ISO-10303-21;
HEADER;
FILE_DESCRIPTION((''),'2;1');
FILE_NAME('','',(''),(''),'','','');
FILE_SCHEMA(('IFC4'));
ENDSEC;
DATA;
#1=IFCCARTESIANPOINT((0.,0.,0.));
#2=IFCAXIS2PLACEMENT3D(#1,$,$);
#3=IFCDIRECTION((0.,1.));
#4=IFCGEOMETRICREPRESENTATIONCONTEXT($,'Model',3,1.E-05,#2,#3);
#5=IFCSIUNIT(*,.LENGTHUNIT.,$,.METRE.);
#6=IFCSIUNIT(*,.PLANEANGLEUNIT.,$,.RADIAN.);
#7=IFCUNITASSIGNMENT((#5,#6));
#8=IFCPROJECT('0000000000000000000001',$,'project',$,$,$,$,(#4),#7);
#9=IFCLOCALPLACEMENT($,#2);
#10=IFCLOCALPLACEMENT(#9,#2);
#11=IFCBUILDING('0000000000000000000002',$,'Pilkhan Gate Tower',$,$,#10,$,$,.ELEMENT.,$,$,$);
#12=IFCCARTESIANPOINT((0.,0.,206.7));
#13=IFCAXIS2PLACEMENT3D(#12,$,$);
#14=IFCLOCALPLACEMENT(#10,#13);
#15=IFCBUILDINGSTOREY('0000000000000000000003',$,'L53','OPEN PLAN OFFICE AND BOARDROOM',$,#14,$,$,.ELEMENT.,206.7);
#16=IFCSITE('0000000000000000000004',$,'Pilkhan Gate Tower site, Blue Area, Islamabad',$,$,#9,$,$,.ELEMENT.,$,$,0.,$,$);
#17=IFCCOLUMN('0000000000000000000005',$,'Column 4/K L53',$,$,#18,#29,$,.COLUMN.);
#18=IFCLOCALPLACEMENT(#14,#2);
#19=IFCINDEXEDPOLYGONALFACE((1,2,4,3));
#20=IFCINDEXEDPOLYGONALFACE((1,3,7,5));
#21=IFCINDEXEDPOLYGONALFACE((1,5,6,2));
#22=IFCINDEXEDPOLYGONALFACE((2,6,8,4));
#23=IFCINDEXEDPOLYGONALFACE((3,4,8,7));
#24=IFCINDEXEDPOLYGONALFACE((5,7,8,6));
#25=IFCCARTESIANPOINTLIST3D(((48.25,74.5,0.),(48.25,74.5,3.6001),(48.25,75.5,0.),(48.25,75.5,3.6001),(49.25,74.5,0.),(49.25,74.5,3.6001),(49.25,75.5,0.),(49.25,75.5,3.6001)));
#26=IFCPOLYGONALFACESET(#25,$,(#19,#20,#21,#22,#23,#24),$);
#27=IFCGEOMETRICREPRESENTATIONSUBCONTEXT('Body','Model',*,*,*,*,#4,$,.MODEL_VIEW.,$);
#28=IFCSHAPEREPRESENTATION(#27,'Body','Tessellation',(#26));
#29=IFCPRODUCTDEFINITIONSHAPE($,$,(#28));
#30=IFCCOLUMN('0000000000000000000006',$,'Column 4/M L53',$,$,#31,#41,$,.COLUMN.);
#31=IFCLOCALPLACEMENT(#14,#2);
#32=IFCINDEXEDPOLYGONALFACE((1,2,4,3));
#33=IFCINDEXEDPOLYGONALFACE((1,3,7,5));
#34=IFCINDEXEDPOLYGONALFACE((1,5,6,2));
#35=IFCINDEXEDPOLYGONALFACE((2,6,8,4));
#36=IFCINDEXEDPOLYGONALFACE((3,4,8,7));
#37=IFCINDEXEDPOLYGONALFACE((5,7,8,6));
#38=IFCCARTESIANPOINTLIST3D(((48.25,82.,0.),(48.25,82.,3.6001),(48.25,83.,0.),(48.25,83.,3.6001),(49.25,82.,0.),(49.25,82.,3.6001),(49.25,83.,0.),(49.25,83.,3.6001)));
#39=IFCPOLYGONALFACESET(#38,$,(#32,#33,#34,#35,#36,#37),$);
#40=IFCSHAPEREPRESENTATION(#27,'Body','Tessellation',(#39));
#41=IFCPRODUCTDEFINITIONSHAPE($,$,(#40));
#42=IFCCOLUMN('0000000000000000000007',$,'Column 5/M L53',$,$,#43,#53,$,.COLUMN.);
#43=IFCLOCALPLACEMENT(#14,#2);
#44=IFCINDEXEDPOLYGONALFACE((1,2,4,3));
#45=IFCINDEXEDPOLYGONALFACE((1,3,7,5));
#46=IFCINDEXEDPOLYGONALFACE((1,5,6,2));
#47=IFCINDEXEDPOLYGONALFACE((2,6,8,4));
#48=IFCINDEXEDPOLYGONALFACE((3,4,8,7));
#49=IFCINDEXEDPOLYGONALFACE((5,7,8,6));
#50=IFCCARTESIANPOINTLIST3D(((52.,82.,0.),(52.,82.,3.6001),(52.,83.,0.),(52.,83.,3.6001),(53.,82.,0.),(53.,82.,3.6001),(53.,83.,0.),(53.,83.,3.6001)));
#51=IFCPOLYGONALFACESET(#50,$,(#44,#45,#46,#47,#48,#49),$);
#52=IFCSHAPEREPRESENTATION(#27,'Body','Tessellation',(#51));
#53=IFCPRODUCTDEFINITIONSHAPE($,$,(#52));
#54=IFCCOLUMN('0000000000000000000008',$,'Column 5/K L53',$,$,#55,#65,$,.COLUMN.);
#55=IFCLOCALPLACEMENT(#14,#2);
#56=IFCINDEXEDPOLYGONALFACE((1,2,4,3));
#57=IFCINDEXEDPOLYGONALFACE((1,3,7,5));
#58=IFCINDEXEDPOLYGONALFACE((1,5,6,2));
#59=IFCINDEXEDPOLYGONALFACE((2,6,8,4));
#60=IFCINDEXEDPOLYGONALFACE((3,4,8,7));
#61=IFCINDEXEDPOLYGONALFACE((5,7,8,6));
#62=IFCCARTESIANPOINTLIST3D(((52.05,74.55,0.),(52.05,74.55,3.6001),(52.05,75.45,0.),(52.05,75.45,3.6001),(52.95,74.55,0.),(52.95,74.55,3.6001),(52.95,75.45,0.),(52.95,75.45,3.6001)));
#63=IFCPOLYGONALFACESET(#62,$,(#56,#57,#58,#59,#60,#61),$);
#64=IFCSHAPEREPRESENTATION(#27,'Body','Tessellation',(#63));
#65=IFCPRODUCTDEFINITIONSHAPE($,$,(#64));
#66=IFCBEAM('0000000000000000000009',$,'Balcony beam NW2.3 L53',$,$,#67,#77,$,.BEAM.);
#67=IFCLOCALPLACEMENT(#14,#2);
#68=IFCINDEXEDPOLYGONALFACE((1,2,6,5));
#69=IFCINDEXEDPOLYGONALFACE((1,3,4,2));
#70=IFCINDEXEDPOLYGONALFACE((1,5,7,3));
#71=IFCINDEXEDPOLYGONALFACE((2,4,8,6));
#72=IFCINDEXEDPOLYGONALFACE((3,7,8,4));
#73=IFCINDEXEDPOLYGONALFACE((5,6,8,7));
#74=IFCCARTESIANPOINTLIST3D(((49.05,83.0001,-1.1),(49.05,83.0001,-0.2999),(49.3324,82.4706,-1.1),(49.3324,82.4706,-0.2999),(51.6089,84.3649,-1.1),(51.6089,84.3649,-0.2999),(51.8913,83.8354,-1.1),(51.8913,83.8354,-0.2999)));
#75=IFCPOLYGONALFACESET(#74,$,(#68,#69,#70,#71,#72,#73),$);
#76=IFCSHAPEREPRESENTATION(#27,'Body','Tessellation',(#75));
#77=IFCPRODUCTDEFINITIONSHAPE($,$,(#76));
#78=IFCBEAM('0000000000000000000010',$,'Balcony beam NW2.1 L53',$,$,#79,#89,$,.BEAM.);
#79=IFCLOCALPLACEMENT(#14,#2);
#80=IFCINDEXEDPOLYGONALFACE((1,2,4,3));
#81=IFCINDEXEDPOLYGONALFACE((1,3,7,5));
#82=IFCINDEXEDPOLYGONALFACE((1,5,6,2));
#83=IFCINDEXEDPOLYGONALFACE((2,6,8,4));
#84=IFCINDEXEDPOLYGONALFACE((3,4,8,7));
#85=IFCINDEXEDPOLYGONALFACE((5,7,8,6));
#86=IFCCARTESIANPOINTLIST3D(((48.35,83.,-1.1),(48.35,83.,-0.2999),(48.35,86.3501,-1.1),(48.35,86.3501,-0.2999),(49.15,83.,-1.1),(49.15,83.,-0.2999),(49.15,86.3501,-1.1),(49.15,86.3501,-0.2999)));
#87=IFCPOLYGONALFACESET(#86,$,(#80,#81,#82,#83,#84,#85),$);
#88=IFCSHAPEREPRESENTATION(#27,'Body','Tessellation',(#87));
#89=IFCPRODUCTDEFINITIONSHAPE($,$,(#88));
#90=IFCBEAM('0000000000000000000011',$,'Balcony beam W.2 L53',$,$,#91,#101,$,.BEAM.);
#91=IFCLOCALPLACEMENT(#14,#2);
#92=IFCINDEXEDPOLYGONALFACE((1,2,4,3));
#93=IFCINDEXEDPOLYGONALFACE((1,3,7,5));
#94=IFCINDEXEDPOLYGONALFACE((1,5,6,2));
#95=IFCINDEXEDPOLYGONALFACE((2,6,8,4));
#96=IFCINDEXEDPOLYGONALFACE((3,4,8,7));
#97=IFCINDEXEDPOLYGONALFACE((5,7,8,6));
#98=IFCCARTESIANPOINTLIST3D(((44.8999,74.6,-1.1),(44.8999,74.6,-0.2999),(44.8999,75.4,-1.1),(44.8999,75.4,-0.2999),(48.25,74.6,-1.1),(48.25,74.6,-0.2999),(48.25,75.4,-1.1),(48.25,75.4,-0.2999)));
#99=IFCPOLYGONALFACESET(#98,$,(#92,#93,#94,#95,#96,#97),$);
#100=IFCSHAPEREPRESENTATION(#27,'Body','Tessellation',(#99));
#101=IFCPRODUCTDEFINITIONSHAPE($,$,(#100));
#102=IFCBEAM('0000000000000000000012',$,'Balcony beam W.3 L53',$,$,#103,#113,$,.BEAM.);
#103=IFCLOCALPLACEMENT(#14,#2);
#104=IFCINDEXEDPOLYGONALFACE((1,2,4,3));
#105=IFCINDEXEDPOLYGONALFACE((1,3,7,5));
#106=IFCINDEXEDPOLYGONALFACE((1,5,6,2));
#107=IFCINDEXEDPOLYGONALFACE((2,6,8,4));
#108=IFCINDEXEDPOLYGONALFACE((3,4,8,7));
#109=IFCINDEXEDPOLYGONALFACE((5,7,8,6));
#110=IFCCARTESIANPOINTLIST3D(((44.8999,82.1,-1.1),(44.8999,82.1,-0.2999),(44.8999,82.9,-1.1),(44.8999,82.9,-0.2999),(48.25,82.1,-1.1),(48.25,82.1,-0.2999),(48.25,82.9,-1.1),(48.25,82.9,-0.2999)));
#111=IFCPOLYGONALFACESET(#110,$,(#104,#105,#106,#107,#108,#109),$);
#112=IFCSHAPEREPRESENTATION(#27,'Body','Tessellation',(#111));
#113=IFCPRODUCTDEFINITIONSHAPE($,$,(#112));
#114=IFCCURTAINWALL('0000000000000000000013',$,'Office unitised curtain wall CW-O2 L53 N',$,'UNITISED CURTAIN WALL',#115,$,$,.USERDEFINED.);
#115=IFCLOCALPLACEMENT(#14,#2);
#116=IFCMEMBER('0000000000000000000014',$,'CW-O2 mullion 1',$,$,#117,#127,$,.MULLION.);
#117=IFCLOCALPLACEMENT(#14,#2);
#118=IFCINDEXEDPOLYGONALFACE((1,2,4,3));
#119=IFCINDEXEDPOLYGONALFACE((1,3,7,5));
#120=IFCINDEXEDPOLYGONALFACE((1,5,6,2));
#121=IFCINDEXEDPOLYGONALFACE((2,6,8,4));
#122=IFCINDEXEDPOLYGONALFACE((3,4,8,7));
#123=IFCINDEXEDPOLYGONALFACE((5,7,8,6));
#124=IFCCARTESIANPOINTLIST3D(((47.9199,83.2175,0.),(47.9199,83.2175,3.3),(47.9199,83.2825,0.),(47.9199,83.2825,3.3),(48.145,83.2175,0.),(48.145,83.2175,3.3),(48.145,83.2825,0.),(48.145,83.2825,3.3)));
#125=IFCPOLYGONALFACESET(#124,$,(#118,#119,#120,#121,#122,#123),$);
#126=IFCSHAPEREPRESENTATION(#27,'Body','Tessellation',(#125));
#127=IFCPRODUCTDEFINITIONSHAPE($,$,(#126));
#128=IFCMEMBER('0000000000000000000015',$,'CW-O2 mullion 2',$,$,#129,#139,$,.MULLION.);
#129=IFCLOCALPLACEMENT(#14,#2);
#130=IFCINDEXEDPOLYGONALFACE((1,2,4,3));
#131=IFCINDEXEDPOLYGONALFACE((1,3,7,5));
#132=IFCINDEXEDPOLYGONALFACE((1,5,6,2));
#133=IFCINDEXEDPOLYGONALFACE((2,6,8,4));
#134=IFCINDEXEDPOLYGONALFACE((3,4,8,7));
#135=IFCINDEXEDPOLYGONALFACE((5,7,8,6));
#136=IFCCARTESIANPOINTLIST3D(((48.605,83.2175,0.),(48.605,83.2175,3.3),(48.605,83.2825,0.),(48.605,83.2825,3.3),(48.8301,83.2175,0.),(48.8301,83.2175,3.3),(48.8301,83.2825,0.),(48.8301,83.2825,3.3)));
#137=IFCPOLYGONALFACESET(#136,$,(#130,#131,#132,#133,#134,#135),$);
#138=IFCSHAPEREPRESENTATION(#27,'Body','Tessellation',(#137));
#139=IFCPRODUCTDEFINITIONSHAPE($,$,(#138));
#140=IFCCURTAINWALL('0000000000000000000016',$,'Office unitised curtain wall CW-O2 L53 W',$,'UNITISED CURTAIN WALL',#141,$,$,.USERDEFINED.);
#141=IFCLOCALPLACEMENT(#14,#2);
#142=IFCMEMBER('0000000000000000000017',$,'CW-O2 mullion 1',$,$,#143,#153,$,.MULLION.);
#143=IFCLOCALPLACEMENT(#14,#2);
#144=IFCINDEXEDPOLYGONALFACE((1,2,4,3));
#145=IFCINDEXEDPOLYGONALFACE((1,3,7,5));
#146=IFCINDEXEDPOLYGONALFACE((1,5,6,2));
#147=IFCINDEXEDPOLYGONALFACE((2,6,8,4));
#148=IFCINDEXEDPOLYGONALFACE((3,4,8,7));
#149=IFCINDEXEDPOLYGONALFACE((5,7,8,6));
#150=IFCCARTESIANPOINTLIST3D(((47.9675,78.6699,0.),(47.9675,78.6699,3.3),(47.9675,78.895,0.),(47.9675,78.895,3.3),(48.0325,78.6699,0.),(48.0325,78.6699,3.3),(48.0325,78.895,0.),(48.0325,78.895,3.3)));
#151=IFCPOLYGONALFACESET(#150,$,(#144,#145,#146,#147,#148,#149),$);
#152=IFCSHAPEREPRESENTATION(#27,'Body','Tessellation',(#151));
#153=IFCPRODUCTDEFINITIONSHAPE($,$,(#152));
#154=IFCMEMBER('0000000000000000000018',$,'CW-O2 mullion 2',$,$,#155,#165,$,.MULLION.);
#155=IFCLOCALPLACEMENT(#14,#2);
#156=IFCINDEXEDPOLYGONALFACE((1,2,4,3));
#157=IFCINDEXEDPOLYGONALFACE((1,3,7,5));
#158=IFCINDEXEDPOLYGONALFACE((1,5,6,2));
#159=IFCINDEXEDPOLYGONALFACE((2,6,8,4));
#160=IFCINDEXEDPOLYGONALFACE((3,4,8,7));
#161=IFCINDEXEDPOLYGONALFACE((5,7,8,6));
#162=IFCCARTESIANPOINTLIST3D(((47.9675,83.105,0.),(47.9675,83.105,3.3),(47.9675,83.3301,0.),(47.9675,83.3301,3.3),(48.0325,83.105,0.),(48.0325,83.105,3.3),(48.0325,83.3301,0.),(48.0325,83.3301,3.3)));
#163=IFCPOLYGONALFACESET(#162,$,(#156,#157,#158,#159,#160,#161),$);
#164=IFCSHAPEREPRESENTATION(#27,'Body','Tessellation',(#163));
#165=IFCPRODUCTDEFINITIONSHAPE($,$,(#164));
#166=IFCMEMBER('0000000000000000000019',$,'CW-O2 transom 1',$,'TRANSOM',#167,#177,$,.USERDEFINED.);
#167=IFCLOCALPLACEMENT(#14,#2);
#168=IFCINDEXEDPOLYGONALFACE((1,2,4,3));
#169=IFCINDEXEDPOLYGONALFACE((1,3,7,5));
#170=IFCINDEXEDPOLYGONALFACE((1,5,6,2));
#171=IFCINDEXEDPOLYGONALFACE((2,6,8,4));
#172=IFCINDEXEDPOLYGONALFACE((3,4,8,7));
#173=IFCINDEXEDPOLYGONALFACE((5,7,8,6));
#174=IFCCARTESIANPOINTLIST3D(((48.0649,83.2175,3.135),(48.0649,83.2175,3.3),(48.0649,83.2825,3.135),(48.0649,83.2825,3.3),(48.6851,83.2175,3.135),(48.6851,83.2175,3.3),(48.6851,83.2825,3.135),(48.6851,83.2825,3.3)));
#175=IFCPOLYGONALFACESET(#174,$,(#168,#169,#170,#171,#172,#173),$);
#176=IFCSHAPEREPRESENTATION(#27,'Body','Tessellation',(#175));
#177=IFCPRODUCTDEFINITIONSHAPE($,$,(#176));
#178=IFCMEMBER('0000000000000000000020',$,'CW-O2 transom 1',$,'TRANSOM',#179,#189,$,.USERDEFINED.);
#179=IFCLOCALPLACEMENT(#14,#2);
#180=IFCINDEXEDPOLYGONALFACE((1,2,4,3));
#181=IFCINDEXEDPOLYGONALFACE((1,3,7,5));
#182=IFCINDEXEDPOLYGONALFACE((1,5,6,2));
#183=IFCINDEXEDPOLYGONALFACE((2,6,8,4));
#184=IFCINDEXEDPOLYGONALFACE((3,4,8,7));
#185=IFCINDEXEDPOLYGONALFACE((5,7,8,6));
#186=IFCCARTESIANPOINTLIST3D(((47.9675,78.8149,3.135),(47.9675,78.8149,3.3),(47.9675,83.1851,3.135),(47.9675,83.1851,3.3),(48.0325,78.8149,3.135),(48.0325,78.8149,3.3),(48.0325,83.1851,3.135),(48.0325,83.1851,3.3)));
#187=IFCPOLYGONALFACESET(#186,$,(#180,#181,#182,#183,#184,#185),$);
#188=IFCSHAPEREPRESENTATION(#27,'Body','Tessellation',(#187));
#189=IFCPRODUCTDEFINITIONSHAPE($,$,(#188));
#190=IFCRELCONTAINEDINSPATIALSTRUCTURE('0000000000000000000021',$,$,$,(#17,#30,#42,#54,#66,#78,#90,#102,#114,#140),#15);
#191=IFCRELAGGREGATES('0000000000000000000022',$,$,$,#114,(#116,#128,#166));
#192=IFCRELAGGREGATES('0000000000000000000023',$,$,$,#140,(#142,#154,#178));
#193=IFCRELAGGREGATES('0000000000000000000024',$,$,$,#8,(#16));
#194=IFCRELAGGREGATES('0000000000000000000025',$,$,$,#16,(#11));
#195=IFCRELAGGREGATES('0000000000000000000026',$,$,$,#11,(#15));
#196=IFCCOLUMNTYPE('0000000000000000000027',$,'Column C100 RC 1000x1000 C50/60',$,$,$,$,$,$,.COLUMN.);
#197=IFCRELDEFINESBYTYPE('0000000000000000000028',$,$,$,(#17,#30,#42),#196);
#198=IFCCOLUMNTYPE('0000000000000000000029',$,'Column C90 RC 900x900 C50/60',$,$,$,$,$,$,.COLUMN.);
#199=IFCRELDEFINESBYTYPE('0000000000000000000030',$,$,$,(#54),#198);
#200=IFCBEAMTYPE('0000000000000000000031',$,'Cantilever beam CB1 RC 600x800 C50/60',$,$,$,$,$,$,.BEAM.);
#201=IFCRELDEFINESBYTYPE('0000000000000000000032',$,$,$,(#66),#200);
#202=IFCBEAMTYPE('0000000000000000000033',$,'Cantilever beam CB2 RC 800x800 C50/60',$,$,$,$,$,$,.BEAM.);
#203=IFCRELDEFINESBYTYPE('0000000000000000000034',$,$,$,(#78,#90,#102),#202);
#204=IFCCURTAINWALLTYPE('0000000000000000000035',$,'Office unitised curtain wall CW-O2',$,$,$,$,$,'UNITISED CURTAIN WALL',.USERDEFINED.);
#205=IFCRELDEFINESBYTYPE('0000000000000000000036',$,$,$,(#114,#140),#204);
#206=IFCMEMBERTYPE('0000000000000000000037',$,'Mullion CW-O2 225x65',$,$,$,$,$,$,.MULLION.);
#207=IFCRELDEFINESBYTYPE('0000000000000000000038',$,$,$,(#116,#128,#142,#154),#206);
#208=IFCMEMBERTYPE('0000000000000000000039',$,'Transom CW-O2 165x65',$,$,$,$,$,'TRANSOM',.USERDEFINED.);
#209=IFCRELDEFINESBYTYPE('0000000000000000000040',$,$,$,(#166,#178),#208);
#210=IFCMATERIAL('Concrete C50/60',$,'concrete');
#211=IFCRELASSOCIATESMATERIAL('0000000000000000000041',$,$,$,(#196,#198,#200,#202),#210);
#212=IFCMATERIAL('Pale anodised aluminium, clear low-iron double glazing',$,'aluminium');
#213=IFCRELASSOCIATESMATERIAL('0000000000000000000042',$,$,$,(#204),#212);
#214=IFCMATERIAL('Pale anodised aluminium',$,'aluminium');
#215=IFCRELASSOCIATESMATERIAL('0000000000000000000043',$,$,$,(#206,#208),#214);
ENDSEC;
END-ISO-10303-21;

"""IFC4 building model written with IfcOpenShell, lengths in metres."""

from ifc_helpers import new_model, si_unit, direction, frame, origin, origin_2d, place, context, subcontext, project, spatial, rectangle, extrude, material, material_profile, profile_set, type_object, element, aggregate, save


model = new_model("IFC4")

# Units and contexts
model_context = context("Model", 3, precision=1e-05, world=origin(), true_north=direction((0.0, 1.0)))
body_context = subcontext(model_context, "Body", "Model", "MODEL_VIEW")
ifc_project = project(units=[si_unit("LENGTHUNIT", "METRE"), si_unit("PLANEANGLEUNIT", "RADIAN")], contexts=[model_context])

# Site, building, storey
site_placement = place(None, origin())
site = spatial("IfcSite", under=ifc_project, at=site_placement, Name="Pilkhan Gate Tower site, Blue Area, Islamabad", CompositionType="ELEMENT", RefElevation=0.0)
building_placement = place(site_placement, origin())
building = spatial("IfcBuilding", under=site, at=building_placement, Name="Pilkhan Gate Tower", CompositionType="ELEMENT")
storey_placement = place(building_placement, frame((0.0, 0.0, 206.7)))
storey = spatial("IfcBuildingStorey", under=building, at=storey_placement, Name="L53", Description="OPEN PLAN OFFICE AND BOARDROOM", CompositionType="ELEMENT", Elevation=206.7)

# Columns
ifc_material_1 = material(Name="Concrete C50/60", Category="concrete")
ifc_material_profile_1 = material_profile(ifc_material_1, rectangle(XDim=1.0, YDim=1.0, at=origin_2d()), Name="RC 1000x1000")
ifc_profile_set_1 = profile_set([ifc_material_profile_1], Name="Concrete C50/60")
column_type_1 = type_object("IfcColumnType", Name="Column C100 RC 1000x1000 C50/60", PredefinedType="COLUMN", material=ifc_profile_set_1)
for number, where, z_axis, x_axis, name in (
    (1, (48.75, 75.0, 0.0), (0.0, 0.0, 1.0), (1.0, 0.0, 0.0), "Column 4/K L53"),
    (2, (48.75, 82.5, 0.0), (0.0, 0.0, 1.0), (1.0, 0.0, 0.0), "Column 4/M L53"),
    (3, (52.5, 82.5, 0.0), (0.0, 0.0, 1.0), (1.0, 0.0, 0.0), "Column 5/M L53"),
):
    element("IfcColumn", number, at=place(storey_placement, frame(where, z_axis=z_axis, x_axis=x_axis)), inside=storey, type_object=column_type_1, Name=name, PredefinedType="COLUMN", context=body_context, shape_type="SweptSolid", body=[
        extrude(rectangle(XDim=1.0, YDim=1.0, at=origin_2d()), origin(), (0.0, 0.0, 1.0), 3.6001),
    ])
ifc_material_profile_2 = material_profile(ifc_material_1, rectangle(XDim=0.8999, YDim=0.8999, at=origin_2d()), Name="RC 900x900")
ifc_profile_set_2 = profile_set([ifc_material_profile_2], Name="Concrete C50/60")
column_type_2 = type_object("IfcColumnType", Name="Column C90 RC 900x900 C50/60", PredefinedType="COLUMN", material=ifc_profile_set_2)
column_placement = place(storey_placement, frame((52.5, 75.0, 0.0), z_axis=(0.0, 0.0, 1.0), x_axis=(1.0, 0.0, 0.0)))
element("IfcColumn", 4, at=column_placement, inside=storey, type_object=column_type_2, Name="Column 5/K L53", PredefinedType="COLUMN", context=body_context, shape_type="SweptSolid", body=[
    extrude(rectangle(XDim=0.8999, YDim=0.8999, at=origin_2d()), origin(), (0.0, 0.0, 1.0), 3.6001),
])

# Beams
ifc_material_profile_3 = material_profile(ifc_material_1, rectangle(XDim=0.6001, YDim=0.8, at=origin_2d()), Name="RC 600x800")
ifc_profile_set_3 = profile_set([ifc_material_profile_3], Name="Concrete C50/60")
beam_type_1 = type_object("IfcBeamType", Name="Cantilever beam CB1 RC 600x800 C50/60", PredefinedType="BEAM", material=ifc_profile_set_3)
beam_placement = place(storey_placement, frame((49.1912, 82.7354, -0.7), z_axis=(0.882348, 0.470597, 0.0), x_axis=(-0.470597, 0.882348, 0.0)))
element("IfcBeam", 5, at=beam_placement, inside=storey, type_object=beam_type_1, Name="Balcony beam NW2.3 L53", PredefinedType="BEAM", context=body_context, shape_type="SweptSolid", body=[
    extrude(rectangle(XDim=0.6001, YDim=0.8, at=origin_2d()), origin(), (0.0, 0.0, 1.0), 2.9001),
])
ifc_material_profile_4 = material_profile(ifc_material_1, rectangle(XDim=0.8, YDim=0.8, at=origin_2d()), Name="RC 800x800")
ifc_profile_set_4 = profile_set([ifc_material_profile_4], Name="Concrete C50/60")
beam_type_2 = type_object("IfcBeamType", Name="Cantilever beam CB2 RC 800x800 C50/60", PredefinedType="BEAM", material=ifc_profile_set_4)
for number, where, z_axis, x_axis, name in (
    (6, (48.75, 83.0, -0.7), (0.0, 1.0, 0.0), (-1.0, 0.0, 0.0), "Balcony beam NW2.1 L53"),
    (7, (48.25, 75.0, -0.7), (-1.0, 0.0, 0.0), (0.0, -1.0, 0.0), "Balcony beam W.2 L53"),
    (8, (48.25, 82.5, -0.7), (-1.0, 0.0, 0.0), (0.0, -1.0, 0.0), "Balcony beam W.3 L53"),
):
    element("IfcBeam", number, at=place(storey_placement, frame(where, z_axis=z_axis, x_axis=x_axis)), inside=storey, type_object=beam_type_2, Name=name, PredefinedType="BEAM", context=body_context, shape_type="SweptSolid", body=[
        extrude(rectangle(XDim=0.8, YDim=0.8, at=origin_2d()), origin(), (0.0, 0.0, 1.0), 3.3501),
    ])

# Curtain walls, members
ifc_material_2 = material(Name="Pale anodised aluminium, clear low-iron double glazing", Category="aluminium")
curtain_wall_type = type_object("IfcCurtainWallType", Name="Office unitised curtain wall CW-O2", ElementType="UNITISED CURTAIN WALL", PredefinedType="USERDEFINED", material=ifc_material_2)
curtain_wall_1_placement = place(storey_placement, origin())
curtain_wall_1 = element("IfcCurtainWall", 9, at=curtain_wall_1_placement, inside=storey, type_object=curtain_wall_type, Name="Office unitised curtain wall CW-O2 L53 N", ObjectType="UNITISED CURTAIN WALL", PredefinedType="USERDEFINED")
ifc_material_3 = material(Name="Pale anodised aluminium", Category="aluminium")
ifc_material_profile_5 = material_profile(ifc_material_3, rectangle(XDim=0.0649, YDim=0.2251, at=origin_2d()), Name="Mullion 225x65")
ifc_profile_set_5 = profile_set([ifc_material_profile_5], Name="Pale anodised aluminium")
member_type_1 = type_object("IfcMemberType", Name="Mullion CW-O2 225x65", PredefinedType="MULLION", material=ifc_profile_set_5)
member_1_placement = place(storey_placement, frame((48.0325, 83.25, 0.0), z_axis=(0.0, 0.0, 1.0), x_axis=(0.0, 1.0, 0.0)))
member_1 = element("IfcMember", 10, at=member_1_placement, type_object=member_type_1, Name="CW-O2 mullion 1", PredefinedType="MULLION", context=body_context, shape_type="SweptSolid", body=[
    extrude(rectangle(XDim=0.0649, YDim=0.2251, at=origin_2d()), origin(), (0.0, 0.0, 1.0), 3.3),
])
member_2_placement = place(storey_placement, frame((48.7175, 83.25, 0.0), z_axis=(0.0, 0.0, 1.0), x_axis=(0.0, 1.0, 0.0)))
member_2 = element("IfcMember", 11, at=member_2_placement, type_object=member_type_1, Name="CW-O2 mullion 2", PredefinedType="MULLION", context=body_context, shape_type="SweptSolid", body=[
    extrude(rectangle(XDim=0.0649, YDim=0.2251, at=origin_2d()), origin(), (0.0, 0.0, 1.0), 3.3),
])
curtain_wall_2_placement = place(storey_placement, origin())
curtain_wall_2 = element("IfcCurtainWall", 12, at=curtain_wall_2_placement, inside=storey, type_object=curtain_wall_type, Name="Office unitised curtain wall CW-O2 L53 W", ObjectType="UNITISED CURTAIN WALL", PredefinedType="USERDEFINED")
member_3_placement = place(storey_placement, frame((48.0, 78.7825, 0.0), z_axis=(0.0, 0.0, 1.0), x_axis=(-1.0, 0.0, 0.0)))
member_3 = element("IfcMember", 13, at=member_3_placement, type_object=member_type_1, Name="CW-O2 mullion 1", PredefinedType="MULLION", context=body_context, shape_type="SweptSolid", body=[
    extrude(rectangle(XDim=0.0649, YDim=0.2251, at=origin_2d()), origin(), (0.0, 0.0, 1.0), 3.3),
])
member_4_placement = place(storey_placement, frame((48.0, 83.2175, 0.0), z_axis=(0.0, 0.0, 1.0), x_axis=(-1.0, 0.0, 0.0)))
member_4 = element("IfcMember", 14, at=member_4_placement, type_object=member_type_1, Name="CW-O2 mullion 2", PredefinedType="MULLION", context=body_context, shape_type="SweptSolid", body=[
    extrude(rectangle(XDim=0.0649, YDim=0.2251, at=origin_2d()), origin(), (0.0, 0.0, 1.0), 3.3),
])

# Members
ifc_material_profile_6 = material_profile(ifc_material_3, rectangle(XDim=0.0649, YDim=0.165, at=origin_2d()), Name="Transom 165x65")
ifc_profile_set_6 = profile_set([ifc_material_profile_6], Name="Pale anodised aluminium")
member_type_2 = type_object("IfcMemberType", Name="Transom CW-O2 165x65", ElementType="TRANSOM", PredefinedType="USERDEFINED", material=ifc_profile_set_6)
member_5_placement = place(storey_placement, frame((48.0649, 83.25, 3.2175), z_axis=(1.0, 0.0, 0.0), x_axis=(0.0, 1.0, 0.0)))
member_5 = element("IfcMember", 15, at=member_5_placement, type_object=member_type_2, Name="CW-O2 transom 1", ObjectType="TRANSOM", PredefinedType="USERDEFINED", context=body_context, shape_type="SweptSolid", body=[
    extrude(rectangle(XDim=0.0649, YDim=0.165, at=origin_2d()), origin(), (0.0, 0.0, 1.0), 0.6201),
])
member_6_placement = place(storey_placement, frame((48.0, 78.8149, 3.2175), z_axis=(0.0, 1.0, 0.0), x_axis=(-1.0, 0.0, 0.0)))
member_6 = element("IfcMember", 16, at=member_6_placement, type_object=member_type_2, Name="CW-O2 transom 1", ObjectType="TRANSOM", PredefinedType="USERDEFINED", context=body_context, shape_type="SweptSolid", body=[
    extrude(rectangle(XDim=0.0649, YDim=0.165, at=origin_2d()), origin(), (0.0, 0.0, 1.0), 4.3701),
])

aggregate(curtain_wall_1, [member_1, member_2, member_5])
aggregate(curtain_wall_2, [member_3, member_4, member_6])

save(model, "model.ifc")
